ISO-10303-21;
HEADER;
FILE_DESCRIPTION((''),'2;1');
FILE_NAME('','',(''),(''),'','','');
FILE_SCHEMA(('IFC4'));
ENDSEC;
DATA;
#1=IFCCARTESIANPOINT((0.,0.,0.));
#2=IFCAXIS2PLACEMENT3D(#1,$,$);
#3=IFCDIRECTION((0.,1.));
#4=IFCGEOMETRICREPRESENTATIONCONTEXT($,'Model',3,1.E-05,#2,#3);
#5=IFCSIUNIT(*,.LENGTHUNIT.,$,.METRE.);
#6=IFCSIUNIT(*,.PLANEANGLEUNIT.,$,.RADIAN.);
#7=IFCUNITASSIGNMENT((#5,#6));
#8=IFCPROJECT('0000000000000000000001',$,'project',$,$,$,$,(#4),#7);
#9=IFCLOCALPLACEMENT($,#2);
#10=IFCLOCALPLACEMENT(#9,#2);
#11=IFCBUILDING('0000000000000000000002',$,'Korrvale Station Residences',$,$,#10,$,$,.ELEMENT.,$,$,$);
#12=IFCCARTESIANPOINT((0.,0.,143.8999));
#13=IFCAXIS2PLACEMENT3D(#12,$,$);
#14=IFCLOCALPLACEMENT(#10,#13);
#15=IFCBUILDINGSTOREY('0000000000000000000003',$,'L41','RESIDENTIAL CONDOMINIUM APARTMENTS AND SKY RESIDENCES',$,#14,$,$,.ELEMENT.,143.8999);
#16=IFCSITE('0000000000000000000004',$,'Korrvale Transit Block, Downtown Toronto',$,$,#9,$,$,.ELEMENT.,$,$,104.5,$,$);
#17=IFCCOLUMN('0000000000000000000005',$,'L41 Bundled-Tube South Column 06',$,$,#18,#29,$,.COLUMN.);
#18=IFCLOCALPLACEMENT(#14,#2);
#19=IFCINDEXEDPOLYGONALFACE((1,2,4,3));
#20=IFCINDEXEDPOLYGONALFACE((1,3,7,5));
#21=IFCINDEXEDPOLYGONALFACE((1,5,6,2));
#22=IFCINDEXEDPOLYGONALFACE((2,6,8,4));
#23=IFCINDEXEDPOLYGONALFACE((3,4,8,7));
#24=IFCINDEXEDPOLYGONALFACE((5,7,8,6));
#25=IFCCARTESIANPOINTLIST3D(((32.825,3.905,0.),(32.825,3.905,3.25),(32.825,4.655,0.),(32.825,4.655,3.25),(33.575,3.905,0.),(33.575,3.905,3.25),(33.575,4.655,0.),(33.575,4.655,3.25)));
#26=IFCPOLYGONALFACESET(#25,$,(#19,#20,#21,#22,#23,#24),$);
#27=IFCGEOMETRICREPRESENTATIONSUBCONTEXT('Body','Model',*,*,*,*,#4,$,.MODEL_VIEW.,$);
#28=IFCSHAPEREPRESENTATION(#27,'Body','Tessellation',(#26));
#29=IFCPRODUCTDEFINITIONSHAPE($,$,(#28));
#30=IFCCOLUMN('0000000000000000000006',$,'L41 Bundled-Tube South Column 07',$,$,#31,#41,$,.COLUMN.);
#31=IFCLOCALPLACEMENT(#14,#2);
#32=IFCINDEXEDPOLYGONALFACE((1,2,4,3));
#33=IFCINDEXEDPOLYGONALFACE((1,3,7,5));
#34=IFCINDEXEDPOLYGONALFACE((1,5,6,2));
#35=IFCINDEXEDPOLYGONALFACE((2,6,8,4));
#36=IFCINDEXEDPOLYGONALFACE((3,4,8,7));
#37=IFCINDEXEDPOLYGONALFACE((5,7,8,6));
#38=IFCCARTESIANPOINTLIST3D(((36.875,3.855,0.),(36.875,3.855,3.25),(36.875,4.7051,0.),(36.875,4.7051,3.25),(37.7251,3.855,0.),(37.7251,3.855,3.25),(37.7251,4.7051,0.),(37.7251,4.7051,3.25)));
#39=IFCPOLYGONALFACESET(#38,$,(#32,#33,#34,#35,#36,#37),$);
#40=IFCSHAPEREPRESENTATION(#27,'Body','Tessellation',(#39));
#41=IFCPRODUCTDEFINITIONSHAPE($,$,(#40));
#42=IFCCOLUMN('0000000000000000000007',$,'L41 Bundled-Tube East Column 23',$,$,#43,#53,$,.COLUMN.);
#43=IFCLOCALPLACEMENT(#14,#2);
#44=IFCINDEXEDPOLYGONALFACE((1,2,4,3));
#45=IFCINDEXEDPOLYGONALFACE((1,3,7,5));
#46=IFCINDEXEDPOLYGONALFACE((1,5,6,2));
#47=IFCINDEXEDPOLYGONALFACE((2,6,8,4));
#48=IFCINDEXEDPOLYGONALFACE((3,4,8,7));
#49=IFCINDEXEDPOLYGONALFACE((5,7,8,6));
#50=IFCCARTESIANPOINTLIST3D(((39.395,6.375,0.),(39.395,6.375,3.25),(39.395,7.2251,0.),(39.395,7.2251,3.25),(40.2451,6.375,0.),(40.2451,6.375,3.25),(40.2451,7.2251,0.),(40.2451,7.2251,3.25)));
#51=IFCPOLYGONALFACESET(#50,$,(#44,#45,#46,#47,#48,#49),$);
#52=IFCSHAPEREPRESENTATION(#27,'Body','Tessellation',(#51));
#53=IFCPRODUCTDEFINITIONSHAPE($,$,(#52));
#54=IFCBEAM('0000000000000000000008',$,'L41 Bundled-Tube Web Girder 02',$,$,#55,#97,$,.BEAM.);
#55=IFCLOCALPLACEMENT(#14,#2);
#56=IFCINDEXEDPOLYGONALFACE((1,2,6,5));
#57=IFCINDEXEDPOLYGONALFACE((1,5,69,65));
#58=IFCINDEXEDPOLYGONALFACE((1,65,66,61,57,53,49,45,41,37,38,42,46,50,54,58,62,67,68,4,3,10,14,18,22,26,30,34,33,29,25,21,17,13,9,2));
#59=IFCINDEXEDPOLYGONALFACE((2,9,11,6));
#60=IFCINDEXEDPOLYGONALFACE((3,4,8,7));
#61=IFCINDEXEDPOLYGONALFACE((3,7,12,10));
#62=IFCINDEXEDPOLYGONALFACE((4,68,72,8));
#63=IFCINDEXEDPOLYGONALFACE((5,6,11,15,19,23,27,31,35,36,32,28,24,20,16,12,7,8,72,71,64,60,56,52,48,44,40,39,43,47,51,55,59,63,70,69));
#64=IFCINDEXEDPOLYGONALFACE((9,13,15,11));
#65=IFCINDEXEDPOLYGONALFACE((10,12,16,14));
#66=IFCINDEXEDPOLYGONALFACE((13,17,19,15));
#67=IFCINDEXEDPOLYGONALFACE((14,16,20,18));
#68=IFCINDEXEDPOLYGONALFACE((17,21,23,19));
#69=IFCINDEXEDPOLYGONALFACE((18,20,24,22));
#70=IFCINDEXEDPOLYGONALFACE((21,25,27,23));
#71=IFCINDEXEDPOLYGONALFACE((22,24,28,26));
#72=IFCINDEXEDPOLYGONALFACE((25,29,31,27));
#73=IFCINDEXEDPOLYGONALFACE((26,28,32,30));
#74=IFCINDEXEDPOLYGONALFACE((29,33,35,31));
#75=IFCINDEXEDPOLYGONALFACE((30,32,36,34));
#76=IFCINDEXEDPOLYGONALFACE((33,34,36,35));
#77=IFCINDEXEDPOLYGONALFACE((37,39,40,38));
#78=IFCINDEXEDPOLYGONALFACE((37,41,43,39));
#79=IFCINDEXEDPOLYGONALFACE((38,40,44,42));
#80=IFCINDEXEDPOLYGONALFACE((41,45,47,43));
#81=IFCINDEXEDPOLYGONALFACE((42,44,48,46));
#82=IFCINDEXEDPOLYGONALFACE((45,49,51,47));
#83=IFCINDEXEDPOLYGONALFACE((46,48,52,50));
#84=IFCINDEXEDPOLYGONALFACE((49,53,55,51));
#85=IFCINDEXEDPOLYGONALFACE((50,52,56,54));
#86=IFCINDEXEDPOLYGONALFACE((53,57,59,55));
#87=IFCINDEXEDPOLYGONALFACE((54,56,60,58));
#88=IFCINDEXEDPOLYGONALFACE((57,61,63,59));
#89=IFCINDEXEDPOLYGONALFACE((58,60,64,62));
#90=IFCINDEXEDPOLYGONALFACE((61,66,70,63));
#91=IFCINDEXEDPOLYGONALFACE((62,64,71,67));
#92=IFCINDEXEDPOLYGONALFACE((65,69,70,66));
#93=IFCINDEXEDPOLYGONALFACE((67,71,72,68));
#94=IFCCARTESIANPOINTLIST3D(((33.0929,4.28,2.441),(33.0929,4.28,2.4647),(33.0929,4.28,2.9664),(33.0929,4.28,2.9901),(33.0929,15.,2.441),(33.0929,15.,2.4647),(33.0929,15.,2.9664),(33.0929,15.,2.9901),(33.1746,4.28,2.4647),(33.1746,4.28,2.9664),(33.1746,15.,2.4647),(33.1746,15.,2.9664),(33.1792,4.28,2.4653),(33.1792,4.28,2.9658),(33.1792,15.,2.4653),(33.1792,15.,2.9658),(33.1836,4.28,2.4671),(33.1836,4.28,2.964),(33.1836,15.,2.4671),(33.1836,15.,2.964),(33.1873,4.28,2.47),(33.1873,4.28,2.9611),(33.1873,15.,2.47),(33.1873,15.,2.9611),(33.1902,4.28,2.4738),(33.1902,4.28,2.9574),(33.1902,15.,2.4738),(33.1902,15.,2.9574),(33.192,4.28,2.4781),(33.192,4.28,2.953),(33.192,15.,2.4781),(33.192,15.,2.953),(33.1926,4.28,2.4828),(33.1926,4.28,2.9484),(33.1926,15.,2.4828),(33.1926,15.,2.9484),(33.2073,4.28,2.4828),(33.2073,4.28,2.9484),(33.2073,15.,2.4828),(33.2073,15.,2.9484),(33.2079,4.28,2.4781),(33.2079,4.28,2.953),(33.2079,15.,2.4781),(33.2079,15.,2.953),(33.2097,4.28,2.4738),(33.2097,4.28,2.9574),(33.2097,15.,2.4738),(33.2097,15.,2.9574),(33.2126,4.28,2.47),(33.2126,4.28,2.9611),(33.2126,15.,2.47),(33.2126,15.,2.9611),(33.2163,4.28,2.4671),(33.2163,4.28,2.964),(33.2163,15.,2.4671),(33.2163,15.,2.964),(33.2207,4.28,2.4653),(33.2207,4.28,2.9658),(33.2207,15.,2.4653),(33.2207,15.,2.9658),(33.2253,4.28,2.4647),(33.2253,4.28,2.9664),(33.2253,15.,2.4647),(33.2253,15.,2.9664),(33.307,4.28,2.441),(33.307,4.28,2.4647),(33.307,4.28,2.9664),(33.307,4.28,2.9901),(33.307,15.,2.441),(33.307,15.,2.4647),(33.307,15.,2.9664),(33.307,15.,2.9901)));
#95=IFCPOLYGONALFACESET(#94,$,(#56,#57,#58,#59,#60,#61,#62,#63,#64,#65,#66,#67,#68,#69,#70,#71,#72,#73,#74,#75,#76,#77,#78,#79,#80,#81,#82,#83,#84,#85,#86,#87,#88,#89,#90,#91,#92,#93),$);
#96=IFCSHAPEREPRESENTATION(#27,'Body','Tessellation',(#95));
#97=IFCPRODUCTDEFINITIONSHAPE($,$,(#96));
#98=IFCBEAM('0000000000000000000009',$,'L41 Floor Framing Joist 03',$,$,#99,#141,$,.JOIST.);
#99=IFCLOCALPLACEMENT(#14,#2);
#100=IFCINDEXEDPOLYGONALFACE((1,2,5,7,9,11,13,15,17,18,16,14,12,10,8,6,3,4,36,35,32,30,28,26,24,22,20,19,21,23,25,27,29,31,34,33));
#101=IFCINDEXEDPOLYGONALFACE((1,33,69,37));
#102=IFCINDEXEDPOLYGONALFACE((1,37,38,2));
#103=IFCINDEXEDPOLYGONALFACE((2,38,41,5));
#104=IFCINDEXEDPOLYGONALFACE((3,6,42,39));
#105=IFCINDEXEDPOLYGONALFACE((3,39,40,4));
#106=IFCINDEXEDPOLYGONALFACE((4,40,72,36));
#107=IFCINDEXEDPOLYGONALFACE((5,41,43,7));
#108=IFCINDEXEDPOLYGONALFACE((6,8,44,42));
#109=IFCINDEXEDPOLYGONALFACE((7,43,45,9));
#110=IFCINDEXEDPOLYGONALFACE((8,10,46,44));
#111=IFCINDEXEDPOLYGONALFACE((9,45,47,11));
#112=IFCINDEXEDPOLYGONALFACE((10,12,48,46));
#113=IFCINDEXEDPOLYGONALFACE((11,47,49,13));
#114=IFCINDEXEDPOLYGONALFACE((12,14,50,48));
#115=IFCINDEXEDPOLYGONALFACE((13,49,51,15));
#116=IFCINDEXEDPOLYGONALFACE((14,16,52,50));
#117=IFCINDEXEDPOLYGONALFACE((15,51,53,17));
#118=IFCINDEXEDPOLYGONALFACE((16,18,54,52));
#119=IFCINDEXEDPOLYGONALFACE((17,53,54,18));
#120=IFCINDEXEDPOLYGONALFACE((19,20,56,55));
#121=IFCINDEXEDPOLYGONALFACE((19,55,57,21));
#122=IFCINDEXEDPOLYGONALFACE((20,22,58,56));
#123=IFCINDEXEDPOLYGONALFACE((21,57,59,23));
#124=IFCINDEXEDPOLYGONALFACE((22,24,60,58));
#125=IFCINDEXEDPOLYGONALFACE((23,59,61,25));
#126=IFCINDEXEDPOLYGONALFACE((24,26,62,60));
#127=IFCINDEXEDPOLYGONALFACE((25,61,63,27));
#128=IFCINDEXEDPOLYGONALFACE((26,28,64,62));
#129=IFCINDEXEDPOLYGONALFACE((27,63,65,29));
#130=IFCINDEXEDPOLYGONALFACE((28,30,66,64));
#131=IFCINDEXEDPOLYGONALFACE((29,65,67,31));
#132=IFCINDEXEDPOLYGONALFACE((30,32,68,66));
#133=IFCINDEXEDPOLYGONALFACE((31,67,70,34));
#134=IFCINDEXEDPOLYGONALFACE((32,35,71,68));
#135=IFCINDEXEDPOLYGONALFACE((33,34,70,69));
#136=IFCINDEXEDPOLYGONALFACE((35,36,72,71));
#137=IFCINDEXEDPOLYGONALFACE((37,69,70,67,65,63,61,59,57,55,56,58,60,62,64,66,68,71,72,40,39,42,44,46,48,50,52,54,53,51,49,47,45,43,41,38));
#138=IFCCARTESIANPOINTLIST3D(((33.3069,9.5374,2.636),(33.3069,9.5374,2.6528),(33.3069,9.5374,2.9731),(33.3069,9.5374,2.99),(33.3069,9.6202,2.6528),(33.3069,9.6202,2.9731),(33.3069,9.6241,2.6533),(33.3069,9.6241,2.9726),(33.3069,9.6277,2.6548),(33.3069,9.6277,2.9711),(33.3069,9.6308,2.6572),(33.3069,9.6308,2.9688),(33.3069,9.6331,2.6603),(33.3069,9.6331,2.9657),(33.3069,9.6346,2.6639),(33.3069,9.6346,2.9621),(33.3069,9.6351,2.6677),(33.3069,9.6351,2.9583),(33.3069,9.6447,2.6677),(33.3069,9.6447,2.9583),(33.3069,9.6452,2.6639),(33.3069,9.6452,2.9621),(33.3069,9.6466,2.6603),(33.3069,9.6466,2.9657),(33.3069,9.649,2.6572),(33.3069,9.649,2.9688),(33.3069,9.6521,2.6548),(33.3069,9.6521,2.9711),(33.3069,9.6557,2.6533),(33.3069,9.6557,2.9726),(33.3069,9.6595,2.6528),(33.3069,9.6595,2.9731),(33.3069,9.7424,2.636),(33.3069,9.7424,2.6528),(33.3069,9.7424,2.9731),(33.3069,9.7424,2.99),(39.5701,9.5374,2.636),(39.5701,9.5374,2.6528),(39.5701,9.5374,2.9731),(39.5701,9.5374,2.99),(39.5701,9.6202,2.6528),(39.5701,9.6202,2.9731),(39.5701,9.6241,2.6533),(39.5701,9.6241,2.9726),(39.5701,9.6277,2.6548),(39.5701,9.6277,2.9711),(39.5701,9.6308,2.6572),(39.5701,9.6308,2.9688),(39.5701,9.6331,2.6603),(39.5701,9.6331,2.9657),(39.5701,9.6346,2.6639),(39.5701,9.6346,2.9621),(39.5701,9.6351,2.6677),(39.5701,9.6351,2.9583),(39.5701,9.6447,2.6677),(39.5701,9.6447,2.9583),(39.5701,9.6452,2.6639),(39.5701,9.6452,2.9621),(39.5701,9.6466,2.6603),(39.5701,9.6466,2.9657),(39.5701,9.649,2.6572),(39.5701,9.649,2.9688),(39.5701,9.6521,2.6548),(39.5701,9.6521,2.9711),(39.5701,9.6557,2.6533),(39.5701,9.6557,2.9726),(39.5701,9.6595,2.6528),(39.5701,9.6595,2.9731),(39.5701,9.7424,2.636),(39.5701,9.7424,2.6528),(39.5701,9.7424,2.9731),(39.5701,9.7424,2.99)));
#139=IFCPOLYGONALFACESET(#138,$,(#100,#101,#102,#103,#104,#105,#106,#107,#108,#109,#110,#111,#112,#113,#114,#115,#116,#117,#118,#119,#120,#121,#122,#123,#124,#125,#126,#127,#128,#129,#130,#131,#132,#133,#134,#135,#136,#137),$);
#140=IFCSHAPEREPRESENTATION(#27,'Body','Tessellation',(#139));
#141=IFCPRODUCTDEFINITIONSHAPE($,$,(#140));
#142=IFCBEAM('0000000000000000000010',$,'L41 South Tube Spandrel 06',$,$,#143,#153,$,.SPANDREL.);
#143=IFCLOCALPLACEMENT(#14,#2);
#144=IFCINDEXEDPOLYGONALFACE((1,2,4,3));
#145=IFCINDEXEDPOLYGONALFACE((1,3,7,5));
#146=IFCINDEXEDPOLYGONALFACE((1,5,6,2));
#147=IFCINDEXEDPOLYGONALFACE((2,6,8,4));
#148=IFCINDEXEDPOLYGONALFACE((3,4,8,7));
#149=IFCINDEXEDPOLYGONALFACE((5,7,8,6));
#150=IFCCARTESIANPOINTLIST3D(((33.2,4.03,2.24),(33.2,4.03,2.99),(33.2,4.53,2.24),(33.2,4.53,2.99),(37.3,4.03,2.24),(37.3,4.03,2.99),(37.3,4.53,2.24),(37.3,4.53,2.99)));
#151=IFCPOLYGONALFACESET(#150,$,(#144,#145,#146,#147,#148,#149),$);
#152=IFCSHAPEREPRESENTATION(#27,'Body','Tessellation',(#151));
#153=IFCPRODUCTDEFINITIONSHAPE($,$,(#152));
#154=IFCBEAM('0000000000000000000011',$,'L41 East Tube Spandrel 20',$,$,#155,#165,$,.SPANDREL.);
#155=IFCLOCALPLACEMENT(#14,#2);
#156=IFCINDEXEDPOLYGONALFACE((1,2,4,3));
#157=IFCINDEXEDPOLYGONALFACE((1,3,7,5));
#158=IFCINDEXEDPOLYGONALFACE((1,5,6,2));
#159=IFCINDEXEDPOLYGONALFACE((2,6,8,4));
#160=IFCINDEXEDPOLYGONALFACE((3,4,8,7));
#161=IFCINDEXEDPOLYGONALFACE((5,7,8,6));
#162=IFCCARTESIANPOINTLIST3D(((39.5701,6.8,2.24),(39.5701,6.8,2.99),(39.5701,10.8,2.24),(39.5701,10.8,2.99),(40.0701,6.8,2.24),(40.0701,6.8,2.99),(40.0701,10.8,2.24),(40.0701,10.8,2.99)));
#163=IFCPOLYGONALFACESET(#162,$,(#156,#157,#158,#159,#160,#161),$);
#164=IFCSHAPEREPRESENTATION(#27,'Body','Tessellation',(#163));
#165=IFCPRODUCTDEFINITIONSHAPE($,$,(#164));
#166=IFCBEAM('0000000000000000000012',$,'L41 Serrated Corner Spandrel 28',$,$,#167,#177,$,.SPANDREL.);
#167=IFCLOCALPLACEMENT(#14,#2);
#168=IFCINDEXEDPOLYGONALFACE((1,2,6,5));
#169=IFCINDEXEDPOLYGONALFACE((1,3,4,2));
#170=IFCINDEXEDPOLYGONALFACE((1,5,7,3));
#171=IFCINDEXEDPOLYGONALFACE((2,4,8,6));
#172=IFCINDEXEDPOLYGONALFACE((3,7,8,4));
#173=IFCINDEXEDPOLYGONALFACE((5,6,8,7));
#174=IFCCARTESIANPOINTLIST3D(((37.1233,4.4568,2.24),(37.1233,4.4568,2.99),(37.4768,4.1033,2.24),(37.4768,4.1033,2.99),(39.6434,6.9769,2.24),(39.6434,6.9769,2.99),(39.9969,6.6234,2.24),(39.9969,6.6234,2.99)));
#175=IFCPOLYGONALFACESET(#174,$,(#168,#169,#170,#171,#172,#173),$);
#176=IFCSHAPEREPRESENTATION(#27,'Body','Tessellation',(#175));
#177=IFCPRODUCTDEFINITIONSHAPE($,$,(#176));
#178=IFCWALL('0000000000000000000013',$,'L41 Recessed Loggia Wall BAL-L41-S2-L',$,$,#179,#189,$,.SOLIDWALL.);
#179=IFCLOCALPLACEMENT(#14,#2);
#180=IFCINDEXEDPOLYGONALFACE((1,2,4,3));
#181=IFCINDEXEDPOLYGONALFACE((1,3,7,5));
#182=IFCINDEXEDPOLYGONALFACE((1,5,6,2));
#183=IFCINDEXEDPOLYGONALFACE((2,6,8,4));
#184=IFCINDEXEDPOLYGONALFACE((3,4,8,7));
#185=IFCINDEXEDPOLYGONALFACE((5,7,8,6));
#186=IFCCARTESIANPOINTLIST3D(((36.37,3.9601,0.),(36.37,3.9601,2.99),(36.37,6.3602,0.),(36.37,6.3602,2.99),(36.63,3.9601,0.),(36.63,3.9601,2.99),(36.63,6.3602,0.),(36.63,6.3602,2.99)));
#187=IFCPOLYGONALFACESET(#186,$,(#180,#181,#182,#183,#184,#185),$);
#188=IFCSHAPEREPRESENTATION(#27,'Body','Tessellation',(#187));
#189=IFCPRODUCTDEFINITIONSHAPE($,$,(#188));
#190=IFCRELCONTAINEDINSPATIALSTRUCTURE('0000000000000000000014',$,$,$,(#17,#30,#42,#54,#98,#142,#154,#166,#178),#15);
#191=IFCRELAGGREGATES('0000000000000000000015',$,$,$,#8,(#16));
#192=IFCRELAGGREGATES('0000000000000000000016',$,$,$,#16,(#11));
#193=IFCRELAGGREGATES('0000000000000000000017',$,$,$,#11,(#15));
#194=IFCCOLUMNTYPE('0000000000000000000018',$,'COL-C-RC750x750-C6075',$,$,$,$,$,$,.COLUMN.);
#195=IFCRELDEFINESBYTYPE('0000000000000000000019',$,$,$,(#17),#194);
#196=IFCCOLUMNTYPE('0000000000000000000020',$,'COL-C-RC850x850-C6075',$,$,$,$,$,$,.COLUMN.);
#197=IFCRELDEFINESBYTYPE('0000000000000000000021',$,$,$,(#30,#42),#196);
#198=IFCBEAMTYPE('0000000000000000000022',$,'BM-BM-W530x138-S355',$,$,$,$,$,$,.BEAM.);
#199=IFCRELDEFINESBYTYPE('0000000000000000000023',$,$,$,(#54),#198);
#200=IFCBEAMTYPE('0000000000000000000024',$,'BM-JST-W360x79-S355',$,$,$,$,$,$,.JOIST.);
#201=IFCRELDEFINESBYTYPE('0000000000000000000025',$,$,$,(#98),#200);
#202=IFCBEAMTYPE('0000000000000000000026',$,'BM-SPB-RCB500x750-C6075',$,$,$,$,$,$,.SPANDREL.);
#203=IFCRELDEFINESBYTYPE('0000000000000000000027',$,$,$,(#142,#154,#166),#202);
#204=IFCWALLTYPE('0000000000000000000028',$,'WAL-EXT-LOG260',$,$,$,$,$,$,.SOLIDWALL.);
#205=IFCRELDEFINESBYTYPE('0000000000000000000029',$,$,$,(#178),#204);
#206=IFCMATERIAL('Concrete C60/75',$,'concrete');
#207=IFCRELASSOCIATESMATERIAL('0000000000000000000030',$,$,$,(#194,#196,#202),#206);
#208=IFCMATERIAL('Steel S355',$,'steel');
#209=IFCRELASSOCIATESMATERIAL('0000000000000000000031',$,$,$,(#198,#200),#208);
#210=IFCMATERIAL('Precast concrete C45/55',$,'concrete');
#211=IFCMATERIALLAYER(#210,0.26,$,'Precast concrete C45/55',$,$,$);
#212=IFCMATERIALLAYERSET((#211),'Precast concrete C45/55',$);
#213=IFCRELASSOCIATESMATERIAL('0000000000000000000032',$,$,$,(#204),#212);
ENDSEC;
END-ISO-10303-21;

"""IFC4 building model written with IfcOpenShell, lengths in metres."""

from ifc_helpers import new_model, si_unit, direction, frame, frame_2d, origin, origin_2d, place, context, subcontext, project, spatial, rectangle, i_section, extrude, material, layer, layer_set, material_profile, profile_set, type_object, element, save


model = new_model("IFC4")

# Units and contexts
model_context = context("Model", 3, precision=1e-05, world=origin(), true_north=direction((0.0, 1.0)))
body_context = subcontext(model_context, "Body", "Model", "MODEL_VIEW")
ifc_project = project(units=[si_unit("LENGTHUNIT", "METRE"), si_unit("PLANEANGLEUNIT", "RADIAN")], contexts=[model_context])

# Site, building, storey
site_placement = place(None, origin())
site = spatial("IfcSite", under=ifc_project, at=site_placement, Name="Korrvale Transit Block, Downtown Toronto", CompositionType="ELEMENT", RefElevation=104.5)
building_placement = place(site_placement, origin())
building = spatial("IfcBuilding", under=site, at=building_placement, Name="Korrvale Station Residences", CompositionType="ELEMENT")
storey_placement = place(building_placement, frame((0.0, 0.0, 143.8999)))
storey = spatial("IfcBuildingStorey", under=building, at=storey_placement, Name="L41", Description="RESIDENTIAL CONDOMINIUM APARTMENTS AND SKY RESIDENCES", CompositionType="ELEMENT", Elevation=143.8999)

# Columns
ifc_material_1 = material(Name="Concrete C60/75", Category="concrete")
ifc_material_profile_1 = material_profile(ifc_material_1, rectangle(XDim=0.75, YDim=0.75, at=origin_2d()), Name="RC750x750")
ifc_profile_set_1 = profile_set([ifc_material_profile_1], Name="Concrete C60/75")
column_type_1 = type_object("IfcColumnType", Name="COL-C-RC750x750-C6075", PredefinedType="COLUMN", material=ifc_profile_set_1)
column_placement = place(storey_placement, frame((33.2, 4.28, 0.0), z_axis=(0.0, 0.0, 1.0), x_axis=(1.0, 0.0, 0.0)))
element("IfcColumn", 1, at=column_placement, inside=storey, type_object=column_type_1, Name="L41 Bundled-Tube South Column 06", PredefinedType="COLUMN", context=body_context, shape_type="SweptSolid", body=[
    extrude(rectangle(XDim=0.75, YDim=0.75, at=origin_2d()), origin(), (0.0, 0.0, 1.0), 3.25),
])
ifc_material_profile_2 = material_profile(ifc_material_1, rectangle(XDim=0.8501, YDim=0.8501, at=origin_2d()), Name="RC850x850")
ifc_profile_set_2 = profile_set([ifc_material_profile_2], Name="Concrete C60/75")
column_type_2 = type_object("IfcColumnType", Name="COL-C-RC850x850-C6075", PredefinedType="COLUMN", material=ifc_profile_set_2)
for number, where, z_axis, x_axis, name in (
    (2, (37.3, 4.28, 0.0), (0.0, 0.0, 1.0), (1.0, 0.0, 0.0), "L41 Bundled-Tube South Column 07"),
    (3, (39.8201, 6.8, 0.0), (0.0, 0.0, 1.0), (1.0, 0.0, 0.0), "L41 Bundled-Tube East Column 23"),
):
    element("IfcColumn", number, at=place(storey_placement, frame(where, z_axis=z_axis, x_axis=x_axis)), inside=storey, type_object=column_type_2, Name=name, PredefinedType="COLUMN", context=body_context, shape_type="SweptSolid", body=[
        extrude(rectangle(XDim=0.8501, YDim=0.8501, at=origin_2d()), origin(), (0.0, 0.0, 1.0), 3.25),
    ])

# Beams
ifc_material_2 = material(Name="Steel S355", Category="steel")
ifc_material_profile_3 = material_profile(ifc_material_2, i_section(OverallWidth=0.2141, OverallDepth=0.5491, WebThickness=0.0146, FlangeThickness=0.0237, FilletRadius=0.0181, at=origin_2d()), Name="W530x138")
ifc_profile_set_3 = profile_set([ifc_material_profile_3], Name="Steel S355")
beam_type_1 = type_object("IfcBeamType", Name="BM-BM-W530x138-S355", PredefinedType="BEAM", material=ifc_profile_set_3)
beam_1_placement = place(storey_placement, frame((33.2, 4.28, 2.7156), z_axis=(0.0, 1.0, 0.0), x_axis=(-1.0, 0.0, 0.0)))
element("IfcBeam", 4, at=beam_1_placement, inside=storey, type_object=beam_type_1, Name="L41 Bundled-Tube Web Girder 02", PredefinedType="BEAM", context=body_context, shape_type="SweptSolid", body=[
    extrude(i_section(OverallWidth=0.2141, OverallDepth=0.5491, WebThickness=0.0146, FlangeThickness=0.0237, FilletRadius=0.0181, at=origin_2d()), origin(), (0.0, 0.0, 1.0), 10.72),
])
ifc_material_profile_4 = material_profile(ifc_material_2, i_section(OverallWidth=0.2051, OverallDepth=0.354, WebThickness=0.0095, FlangeThickness=0.0168, FilletRadius=0.0149, at=origin_2d()), Name="W360x79")
ifc_profile_set_4 = profile_set([ifc_material_profile_4], Name="Steel S355")
beam_type_2 = type_object("IfcBeamType", Name="BM-JST-W360x79-S355", PredefinedType="JOIST", material=ifc_profile_set_4)
beam_2_placement = place(storey_placement, frame((33.3069, 9.6399, 2.813), z_axis=(1.0, 0.0, 0.0), x_axis=(0.0, 1.0, 0.0)))
element("IfcBeam", 5, at=beam_2_placement, inside=storey, type_object=beam_type_2, Name="L41 Floor Framing Joist 03", PredefinedType="JOIST", context=body_context, shape_type="SweptSolid", body=[
    extrude(i_section(OverallWidth=0.2051, OverallDepth=0.354, WebThickness=0.0095, FlangeThickness=0.0168, FilletRadius=0.0149, at=origin_2d()), origin(), (0.0, 0.0, 1.0), 6.2632),
])
ifc_material_profile_5 = material_profile(ifc_material_1, rectangle(XDim=0.5, YDim=0.75, at=origin_2d()), Name="RCB500x750")
ifc_profile_set_5 = profile_set([ifc_material_profile_5], Name="Concrete C60/75")
beam_type_3 = type_object("IfcBeamType", Name="BM-SPB-RCB500x750-C6075", PredefinedType="SPANDREL", material=ifc_profile_set_5)
beam_3_placement = place(storey_placement, frame((33.2, 4.28, 2.615), z_axis=(1.0, 0.0, 0.0), x_axis=(0.0, 1.0, 0.0)))
element("IfcBeam", 6, at=beam_3_placement, inside=storey, type_object=beam_type_3, Name="L41 South Tube Spandrel 06", PredefinedType="SPANDREL", context=body_context, shape_type="SweptSolid", body=[
    extrude(rectangle(XDim=0.5, YDim=0.75, at=origin_2d()), origin(), (0.0, 0.0, 1.0), 4.1001),
])
beam_4_placement = place(storey_placement, frame((39.8201, 6.8, 2.615), z_axis=(0.0, 1.0, 0.0), x_axis=(-1.0, 0.0, 0.0)))
element("IfcBeam", 7, at=beam_4_placement, inside=storey, type_object=beam_type_3, Name="L41 East Tube Spandrel 20", PredefinedType="SPANDREL", context=body_context, shape_type="SweptSolid", body=[
    extrude(rectangle(XDim=0.5, YDim=0.75, at=origin_2d()), origin(), (0.0, 0.0, 1.0), 4.0),
])
beam_5_placement = place(storey_placement, frame((37.3, 4.28, 2.615), z_axis=(0.707107, 0.707107, 0.0), x_axis=(-0.707107, 0.707107, 0.0)))
element("IfcBeam", 8, at=beam_5_placement, inside=storey, type_object=beam_type_3, Name="L41 Serrated Corner Spandrel 28", PredefinedType="SPANDREL", context=body_context, shape_type="SweptSolid", body=[
    extrude(rectangle(XDim=0.5, YDim=0.75, at=origin_2d()), origin(), (0.0, 0.0, 1.0), 3.564),
])

# Wall
ifc_material_3 = material(Name="Precast concrete C45/55", Category="concrete")
ifc_layer_1 = layer(ifc_material_3, 0.26, Name="Precast concrete C45/55")
ifc_layer_set_1 = layer_set([ifc_layer_1], Name="Precast concrete C45/55")
wall_type_1 = type_object("IfcWallType", Name="WAL-EXT-LOG260", PredefinedType="SOLIDWALL", material=ifc_layer_set_1)
wall_1_placement = place(storey_placement, frame((36.5, 3.96, 0.0), z_axis=(0.0, 0.0, 1.0), x_axis=(0.0, 1.0, 0.0)))
element("IfcWall", 9, at=wall_1_placement, inside=storey, type_object=wall_type_1, Name="L41 Recessed Loggia Wall BAL-L41-S2-L", PredefinedType="SOLIDWALL", context=body_context, shape_type="SweptSolid", body=[
    extrude(rectangle(XDim=2.4001, YDim=0.26, at=frame_2d((1.2002, 0.0))), origin(), (0.0, 0.0, 1.0), 2.99),
])

save(model, "model.ifc")
